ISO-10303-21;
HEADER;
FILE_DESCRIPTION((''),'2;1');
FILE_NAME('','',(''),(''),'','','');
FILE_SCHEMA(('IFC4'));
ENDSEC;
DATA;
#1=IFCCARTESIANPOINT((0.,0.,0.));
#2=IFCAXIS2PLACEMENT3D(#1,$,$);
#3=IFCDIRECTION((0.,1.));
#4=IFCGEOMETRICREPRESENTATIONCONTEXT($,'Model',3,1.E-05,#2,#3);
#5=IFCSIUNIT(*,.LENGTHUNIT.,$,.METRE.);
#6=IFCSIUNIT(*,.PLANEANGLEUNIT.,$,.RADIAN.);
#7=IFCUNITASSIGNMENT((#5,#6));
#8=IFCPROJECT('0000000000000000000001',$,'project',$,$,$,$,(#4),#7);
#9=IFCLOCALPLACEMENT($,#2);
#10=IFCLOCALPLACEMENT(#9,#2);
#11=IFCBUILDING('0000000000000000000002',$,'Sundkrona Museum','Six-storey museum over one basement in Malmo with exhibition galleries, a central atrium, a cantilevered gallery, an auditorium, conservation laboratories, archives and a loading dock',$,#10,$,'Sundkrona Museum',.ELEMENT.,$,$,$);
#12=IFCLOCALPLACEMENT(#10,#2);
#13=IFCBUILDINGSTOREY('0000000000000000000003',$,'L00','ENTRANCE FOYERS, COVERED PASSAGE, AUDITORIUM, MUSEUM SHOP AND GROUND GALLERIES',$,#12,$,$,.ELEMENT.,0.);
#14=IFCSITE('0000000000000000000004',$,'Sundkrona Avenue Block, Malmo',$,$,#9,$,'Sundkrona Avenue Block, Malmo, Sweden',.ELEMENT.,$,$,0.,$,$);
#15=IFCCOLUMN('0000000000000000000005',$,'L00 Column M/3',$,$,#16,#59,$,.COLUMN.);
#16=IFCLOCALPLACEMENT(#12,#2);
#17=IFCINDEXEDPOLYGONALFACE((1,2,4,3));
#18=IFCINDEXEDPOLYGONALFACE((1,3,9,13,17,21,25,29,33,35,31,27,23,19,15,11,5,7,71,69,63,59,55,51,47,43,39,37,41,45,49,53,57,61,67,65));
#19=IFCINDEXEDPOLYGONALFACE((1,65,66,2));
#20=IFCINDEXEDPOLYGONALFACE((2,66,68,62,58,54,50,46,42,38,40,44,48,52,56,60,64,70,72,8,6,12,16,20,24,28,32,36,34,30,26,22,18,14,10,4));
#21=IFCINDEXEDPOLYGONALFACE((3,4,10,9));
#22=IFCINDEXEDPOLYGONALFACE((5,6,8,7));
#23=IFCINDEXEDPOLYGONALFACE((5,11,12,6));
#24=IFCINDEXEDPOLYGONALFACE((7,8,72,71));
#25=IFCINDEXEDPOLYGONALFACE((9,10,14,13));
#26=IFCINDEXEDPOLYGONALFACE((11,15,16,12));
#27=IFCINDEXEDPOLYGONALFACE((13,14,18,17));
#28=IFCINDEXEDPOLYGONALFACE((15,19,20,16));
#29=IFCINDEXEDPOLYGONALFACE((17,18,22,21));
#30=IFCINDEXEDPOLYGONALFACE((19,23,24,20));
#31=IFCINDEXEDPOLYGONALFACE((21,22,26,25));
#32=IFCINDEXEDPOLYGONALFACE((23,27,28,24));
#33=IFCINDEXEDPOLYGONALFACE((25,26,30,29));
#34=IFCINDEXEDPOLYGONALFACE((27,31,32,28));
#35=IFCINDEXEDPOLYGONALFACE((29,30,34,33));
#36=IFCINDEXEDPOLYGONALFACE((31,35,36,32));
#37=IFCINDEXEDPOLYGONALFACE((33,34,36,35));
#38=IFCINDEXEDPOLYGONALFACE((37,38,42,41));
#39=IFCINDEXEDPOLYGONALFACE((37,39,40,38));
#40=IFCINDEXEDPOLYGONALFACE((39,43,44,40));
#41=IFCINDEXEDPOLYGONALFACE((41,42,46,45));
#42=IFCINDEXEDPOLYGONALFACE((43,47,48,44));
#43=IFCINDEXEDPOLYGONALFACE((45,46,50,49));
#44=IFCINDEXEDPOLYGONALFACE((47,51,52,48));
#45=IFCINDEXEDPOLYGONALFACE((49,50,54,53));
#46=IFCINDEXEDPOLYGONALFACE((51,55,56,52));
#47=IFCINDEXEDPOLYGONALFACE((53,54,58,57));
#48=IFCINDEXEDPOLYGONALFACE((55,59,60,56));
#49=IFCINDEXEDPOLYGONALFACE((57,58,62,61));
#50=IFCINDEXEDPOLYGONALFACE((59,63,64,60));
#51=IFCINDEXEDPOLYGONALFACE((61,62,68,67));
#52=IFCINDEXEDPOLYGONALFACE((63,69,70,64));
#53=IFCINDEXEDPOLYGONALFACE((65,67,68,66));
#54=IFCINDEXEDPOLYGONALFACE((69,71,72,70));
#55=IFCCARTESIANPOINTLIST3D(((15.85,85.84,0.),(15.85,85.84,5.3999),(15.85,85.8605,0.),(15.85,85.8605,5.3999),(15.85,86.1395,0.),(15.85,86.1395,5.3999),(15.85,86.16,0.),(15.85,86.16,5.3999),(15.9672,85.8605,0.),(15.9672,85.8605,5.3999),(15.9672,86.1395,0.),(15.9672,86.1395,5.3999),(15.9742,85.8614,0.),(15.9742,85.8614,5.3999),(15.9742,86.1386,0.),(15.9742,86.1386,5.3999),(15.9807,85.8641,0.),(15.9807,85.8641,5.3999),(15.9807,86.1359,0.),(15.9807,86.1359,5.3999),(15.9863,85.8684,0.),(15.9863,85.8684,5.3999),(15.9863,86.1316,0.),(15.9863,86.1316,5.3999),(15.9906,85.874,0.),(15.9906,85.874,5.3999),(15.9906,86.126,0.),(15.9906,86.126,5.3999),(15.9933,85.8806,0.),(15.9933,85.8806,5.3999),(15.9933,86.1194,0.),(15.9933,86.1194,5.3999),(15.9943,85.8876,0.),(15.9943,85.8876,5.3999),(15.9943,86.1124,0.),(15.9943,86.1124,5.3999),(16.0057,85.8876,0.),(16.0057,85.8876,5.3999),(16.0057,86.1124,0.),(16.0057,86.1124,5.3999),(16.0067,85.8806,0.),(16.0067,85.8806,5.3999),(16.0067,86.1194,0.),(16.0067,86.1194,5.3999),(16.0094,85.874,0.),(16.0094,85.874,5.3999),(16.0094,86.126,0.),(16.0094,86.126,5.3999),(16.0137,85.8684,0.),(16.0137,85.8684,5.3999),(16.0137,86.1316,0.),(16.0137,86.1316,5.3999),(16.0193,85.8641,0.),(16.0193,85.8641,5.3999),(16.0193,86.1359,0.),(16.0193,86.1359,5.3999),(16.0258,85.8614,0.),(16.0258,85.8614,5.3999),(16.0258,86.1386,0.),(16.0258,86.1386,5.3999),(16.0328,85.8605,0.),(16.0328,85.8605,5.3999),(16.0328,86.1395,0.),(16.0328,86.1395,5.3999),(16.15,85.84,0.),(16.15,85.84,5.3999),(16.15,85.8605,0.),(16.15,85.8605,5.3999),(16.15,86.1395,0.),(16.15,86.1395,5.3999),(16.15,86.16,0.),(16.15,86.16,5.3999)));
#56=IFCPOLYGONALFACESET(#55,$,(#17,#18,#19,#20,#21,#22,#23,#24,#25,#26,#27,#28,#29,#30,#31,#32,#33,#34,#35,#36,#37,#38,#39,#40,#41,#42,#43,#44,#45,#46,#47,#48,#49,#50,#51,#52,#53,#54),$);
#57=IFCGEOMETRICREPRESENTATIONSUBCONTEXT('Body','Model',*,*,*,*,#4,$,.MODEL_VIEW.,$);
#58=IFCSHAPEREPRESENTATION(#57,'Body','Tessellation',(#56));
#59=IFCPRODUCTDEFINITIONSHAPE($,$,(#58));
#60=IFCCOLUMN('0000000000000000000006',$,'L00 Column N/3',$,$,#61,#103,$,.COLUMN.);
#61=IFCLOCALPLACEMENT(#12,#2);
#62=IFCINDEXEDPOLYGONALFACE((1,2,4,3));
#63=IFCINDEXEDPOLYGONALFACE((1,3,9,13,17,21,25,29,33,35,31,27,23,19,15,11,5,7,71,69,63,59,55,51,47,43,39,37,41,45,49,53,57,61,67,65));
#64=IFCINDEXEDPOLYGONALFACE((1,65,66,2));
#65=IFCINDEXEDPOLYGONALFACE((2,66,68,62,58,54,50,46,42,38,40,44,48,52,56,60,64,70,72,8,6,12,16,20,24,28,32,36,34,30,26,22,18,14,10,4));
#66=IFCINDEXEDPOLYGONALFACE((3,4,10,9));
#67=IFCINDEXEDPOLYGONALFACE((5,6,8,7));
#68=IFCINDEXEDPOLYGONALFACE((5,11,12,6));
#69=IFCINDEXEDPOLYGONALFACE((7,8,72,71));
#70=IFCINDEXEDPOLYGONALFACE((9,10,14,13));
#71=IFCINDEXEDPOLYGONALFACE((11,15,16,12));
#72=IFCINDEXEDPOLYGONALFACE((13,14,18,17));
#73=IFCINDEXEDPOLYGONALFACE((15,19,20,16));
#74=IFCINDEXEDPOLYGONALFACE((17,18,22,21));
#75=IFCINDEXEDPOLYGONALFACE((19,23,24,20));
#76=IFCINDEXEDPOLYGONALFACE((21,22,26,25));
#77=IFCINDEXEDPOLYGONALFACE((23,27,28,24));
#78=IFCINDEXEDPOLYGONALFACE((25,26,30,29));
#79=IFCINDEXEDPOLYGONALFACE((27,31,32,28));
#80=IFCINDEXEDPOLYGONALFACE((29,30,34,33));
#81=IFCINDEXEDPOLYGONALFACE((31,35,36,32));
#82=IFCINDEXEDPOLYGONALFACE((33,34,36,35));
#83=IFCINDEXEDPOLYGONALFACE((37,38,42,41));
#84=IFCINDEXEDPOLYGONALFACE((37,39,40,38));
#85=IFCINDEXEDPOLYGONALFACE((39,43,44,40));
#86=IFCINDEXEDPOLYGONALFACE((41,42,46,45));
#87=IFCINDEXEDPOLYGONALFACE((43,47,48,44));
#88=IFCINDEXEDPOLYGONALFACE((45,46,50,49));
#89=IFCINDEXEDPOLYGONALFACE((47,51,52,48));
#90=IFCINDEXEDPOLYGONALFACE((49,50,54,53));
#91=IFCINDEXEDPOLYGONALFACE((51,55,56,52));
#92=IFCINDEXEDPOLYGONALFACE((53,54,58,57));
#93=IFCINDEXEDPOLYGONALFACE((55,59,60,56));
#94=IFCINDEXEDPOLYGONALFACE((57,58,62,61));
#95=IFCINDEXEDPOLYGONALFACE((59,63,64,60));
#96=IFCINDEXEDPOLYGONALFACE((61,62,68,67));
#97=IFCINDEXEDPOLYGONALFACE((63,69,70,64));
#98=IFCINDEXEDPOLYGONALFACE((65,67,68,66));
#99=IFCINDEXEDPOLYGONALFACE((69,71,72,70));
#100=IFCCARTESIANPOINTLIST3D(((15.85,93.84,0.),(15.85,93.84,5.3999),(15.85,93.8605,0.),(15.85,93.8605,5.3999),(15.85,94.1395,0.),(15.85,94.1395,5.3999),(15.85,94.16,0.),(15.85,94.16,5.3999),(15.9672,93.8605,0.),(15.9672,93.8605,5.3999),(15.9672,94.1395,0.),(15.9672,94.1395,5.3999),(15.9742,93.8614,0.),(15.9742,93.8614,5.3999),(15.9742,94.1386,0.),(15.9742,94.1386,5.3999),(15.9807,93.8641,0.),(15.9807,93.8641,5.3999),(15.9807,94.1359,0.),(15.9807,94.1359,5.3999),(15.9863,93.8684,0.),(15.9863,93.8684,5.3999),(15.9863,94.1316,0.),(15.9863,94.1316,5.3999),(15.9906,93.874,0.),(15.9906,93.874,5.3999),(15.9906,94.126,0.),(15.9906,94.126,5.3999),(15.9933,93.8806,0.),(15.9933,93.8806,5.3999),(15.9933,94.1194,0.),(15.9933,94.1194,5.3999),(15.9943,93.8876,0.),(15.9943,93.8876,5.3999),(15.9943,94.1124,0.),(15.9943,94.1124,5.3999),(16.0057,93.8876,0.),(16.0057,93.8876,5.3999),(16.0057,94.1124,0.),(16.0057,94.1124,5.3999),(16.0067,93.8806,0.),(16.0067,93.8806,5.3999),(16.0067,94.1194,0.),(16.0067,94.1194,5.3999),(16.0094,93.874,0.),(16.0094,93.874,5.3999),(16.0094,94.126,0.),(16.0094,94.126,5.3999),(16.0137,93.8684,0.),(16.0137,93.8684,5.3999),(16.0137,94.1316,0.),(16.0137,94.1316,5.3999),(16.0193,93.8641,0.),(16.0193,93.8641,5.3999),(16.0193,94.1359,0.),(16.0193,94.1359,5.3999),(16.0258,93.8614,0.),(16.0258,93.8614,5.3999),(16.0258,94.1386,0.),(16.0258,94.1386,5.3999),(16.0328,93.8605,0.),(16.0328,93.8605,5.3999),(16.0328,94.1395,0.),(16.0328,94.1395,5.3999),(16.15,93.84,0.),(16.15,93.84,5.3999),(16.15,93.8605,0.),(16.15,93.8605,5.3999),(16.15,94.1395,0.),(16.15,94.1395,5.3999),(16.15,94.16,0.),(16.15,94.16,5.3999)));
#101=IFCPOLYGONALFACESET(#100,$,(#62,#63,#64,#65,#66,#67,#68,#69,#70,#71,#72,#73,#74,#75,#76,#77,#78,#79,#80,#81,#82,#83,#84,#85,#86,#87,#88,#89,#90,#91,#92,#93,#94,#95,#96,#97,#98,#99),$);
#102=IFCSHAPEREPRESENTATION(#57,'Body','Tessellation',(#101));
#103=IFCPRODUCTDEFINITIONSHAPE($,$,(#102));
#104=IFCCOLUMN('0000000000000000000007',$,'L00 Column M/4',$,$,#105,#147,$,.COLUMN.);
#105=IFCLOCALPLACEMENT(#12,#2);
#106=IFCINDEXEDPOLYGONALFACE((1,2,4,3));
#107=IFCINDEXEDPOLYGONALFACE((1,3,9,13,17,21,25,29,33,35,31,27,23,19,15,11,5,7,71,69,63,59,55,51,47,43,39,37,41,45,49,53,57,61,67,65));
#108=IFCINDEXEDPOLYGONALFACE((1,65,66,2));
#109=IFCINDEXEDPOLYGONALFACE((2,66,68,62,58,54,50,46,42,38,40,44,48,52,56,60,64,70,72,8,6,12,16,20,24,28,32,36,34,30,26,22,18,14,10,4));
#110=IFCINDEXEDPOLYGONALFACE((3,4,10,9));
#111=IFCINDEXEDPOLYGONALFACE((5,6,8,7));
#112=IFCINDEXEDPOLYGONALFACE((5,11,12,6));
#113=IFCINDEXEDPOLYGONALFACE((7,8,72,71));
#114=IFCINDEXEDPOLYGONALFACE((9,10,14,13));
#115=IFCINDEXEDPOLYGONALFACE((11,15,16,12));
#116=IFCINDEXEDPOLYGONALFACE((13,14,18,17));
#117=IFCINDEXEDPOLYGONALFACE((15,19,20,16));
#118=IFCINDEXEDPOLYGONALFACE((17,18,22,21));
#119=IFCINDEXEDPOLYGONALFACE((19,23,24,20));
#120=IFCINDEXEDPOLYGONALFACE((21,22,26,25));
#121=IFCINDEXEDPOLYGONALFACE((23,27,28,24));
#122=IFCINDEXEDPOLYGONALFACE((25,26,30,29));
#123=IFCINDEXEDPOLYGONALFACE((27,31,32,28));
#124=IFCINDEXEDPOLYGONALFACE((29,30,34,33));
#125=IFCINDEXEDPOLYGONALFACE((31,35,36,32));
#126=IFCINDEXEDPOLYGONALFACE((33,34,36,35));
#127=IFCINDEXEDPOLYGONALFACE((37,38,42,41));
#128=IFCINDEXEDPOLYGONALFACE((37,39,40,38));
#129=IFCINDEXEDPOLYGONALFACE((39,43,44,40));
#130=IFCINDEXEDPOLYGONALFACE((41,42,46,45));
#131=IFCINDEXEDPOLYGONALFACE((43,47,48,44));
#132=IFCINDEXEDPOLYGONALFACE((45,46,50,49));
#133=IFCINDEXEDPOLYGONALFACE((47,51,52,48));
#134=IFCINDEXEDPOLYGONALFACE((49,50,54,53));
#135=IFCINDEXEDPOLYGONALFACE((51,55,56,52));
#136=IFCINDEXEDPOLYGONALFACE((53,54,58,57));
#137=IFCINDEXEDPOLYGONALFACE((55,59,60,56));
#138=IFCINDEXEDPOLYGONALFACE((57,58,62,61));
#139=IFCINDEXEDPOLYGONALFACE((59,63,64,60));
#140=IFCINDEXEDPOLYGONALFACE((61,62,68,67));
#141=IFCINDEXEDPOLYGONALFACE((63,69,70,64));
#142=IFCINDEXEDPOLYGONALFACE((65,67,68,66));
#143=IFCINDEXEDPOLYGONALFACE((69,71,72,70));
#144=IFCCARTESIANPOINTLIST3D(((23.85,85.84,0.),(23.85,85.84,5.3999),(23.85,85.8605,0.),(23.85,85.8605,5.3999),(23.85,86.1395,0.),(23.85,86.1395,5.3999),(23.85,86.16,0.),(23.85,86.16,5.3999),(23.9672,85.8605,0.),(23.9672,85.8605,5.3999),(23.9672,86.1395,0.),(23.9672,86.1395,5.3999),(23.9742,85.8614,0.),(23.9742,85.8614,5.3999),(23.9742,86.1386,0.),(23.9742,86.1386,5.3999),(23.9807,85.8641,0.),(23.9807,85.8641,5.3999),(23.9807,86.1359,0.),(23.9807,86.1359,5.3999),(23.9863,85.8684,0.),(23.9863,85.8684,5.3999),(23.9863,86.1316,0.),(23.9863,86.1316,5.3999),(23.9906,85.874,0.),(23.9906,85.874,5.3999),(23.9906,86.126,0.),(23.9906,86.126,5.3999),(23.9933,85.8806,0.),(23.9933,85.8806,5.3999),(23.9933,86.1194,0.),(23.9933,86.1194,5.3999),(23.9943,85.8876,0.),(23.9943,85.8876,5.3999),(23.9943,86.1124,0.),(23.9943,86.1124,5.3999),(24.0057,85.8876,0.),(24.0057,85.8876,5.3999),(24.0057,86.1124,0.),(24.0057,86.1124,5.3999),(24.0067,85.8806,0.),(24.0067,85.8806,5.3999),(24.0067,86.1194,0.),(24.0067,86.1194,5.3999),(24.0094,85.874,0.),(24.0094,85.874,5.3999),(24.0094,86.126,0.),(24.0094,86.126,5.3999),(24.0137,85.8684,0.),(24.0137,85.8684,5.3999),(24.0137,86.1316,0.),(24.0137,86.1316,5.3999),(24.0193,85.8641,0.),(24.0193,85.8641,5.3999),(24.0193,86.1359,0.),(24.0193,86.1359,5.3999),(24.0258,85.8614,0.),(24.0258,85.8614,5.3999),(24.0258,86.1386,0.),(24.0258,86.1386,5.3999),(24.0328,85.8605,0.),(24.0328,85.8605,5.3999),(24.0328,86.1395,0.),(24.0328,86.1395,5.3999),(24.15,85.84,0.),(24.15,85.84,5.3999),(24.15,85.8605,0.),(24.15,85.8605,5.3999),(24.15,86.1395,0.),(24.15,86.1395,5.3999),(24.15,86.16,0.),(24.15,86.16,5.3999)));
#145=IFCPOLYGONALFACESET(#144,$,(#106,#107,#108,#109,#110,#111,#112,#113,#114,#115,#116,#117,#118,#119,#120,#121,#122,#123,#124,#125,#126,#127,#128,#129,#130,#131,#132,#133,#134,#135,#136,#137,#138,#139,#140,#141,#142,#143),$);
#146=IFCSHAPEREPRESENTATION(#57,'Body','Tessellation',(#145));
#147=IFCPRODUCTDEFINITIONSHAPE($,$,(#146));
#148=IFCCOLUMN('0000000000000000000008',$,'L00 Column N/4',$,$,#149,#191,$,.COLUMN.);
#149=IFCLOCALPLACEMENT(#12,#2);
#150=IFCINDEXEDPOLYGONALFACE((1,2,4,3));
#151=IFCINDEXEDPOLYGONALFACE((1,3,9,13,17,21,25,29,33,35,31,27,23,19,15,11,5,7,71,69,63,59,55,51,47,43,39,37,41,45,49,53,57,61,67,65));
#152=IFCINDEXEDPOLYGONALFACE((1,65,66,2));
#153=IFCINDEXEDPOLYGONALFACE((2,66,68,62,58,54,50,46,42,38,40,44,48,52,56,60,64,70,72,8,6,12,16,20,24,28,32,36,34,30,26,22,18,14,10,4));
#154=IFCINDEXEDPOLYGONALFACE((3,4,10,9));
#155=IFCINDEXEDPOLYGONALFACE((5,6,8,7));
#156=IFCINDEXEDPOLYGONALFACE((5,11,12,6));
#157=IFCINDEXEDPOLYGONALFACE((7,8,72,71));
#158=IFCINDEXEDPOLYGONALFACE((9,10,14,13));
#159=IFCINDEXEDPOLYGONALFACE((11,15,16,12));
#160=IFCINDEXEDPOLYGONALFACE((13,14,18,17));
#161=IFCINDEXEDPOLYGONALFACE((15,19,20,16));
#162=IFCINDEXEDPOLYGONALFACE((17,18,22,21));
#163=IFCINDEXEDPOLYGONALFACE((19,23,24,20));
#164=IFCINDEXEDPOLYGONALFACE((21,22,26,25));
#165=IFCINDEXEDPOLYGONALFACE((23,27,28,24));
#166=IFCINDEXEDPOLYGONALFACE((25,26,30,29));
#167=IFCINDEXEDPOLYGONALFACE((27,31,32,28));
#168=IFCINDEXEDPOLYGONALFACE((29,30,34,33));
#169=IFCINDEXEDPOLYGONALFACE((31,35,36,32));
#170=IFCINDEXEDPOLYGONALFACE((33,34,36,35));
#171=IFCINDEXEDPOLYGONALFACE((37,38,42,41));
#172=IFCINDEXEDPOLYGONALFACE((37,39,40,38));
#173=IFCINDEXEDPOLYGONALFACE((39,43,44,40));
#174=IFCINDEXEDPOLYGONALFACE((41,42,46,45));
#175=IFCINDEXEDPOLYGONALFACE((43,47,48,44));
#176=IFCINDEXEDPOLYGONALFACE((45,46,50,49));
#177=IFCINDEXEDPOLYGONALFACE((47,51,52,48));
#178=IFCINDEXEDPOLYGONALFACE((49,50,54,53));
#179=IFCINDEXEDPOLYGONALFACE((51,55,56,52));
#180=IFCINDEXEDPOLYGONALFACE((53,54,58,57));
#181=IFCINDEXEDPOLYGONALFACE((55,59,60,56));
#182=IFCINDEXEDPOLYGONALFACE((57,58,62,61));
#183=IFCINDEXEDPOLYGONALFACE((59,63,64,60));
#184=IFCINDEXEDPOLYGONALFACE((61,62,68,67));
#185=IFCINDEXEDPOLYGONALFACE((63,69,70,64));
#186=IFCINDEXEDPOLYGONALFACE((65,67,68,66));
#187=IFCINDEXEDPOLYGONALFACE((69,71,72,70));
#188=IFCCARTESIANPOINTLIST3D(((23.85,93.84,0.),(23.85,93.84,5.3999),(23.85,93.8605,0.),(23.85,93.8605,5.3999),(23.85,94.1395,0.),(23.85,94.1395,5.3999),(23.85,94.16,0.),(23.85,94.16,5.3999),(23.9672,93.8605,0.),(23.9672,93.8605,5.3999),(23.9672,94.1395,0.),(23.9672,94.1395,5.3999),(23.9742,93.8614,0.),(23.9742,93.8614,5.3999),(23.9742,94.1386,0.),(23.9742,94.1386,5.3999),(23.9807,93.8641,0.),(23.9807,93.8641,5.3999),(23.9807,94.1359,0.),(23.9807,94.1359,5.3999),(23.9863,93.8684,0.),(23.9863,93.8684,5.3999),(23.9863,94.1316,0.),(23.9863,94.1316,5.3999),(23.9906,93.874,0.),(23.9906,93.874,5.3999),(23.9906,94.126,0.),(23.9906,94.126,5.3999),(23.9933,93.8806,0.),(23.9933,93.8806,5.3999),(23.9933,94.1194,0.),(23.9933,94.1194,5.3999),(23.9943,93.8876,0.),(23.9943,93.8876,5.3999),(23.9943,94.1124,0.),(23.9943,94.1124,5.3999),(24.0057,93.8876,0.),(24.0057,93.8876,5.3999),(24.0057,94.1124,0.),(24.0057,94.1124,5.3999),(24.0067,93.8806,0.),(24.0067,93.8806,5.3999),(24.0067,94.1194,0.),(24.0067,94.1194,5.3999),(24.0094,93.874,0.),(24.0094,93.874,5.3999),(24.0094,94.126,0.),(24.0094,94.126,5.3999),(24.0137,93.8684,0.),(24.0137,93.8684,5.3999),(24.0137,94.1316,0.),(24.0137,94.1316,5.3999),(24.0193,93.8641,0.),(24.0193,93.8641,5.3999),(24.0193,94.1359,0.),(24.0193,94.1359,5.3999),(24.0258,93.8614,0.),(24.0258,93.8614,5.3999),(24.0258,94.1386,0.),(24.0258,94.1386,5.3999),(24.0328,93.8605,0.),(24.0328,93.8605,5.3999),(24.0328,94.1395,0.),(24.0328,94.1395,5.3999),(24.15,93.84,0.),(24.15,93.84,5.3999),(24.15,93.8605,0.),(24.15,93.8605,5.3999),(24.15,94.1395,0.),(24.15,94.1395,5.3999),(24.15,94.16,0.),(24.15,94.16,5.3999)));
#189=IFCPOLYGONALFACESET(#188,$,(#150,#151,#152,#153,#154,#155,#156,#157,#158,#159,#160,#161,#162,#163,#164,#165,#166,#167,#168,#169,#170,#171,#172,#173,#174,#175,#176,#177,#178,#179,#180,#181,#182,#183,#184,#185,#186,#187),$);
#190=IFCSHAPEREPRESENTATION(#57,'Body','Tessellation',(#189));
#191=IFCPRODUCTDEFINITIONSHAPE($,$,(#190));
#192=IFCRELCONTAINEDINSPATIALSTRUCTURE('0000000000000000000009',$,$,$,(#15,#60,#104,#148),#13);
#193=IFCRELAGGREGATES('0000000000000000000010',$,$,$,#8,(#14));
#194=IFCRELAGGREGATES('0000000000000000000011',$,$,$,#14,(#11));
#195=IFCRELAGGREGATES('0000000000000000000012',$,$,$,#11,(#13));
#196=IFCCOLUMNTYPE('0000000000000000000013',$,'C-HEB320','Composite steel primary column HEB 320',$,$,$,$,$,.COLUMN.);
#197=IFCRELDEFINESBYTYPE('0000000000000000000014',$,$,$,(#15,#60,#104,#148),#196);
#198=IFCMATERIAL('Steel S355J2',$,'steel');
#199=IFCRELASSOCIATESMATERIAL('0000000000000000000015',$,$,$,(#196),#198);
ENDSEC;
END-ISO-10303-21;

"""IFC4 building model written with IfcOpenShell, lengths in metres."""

from ifc_helpers import new_model, si_unit, direction, frame, origin, origin_2d, place, context, subcontext, project, spatial, i_section, extrude, material, material_profile, profile_set, type_object, element, save


model = new_model("IFC4")

# Units and contexts
model_context = context("Model", 3, precision=1e-05, world=origin(), true_north=direction((0.0, 1.0)))
body_context = subcontext(model_context, "Body", "Model", "MODEL_VIEW")
ifc_project = project(units=[si_unit("LENGTHUNIT", "METRE"), si_unit("PLANEANGLEUNIT", "RADIAN")], contexts=[model_context])

# Site, building, storey
site_placement = place(None, origin())
site = spatial("IfcSite", under=ifc_project, at=site_placement, Name="Sundkrona Avenue Block, Malmo", LongName="Sundkrona Avenue Block, Malmo, Sweden", CompositionType="ELEMENT", RefElevation=0.0)
building_placement = place(site_placement, origin())
building = spatial("IfcBuilding", under=site, at=building_placement, Name="Sundkrona Museum", Description="Six-storey museum over one basement in Malmo with exhibition galleries, a central atrium, a cantilevered gallery, an auditorium, conservation laboratories, archives and a loading dock", LongName="Sundkrona Museum", CompositionType="ELEMENT")
storey_placement = place(building_placement, origin())
storey = spatial("IfcBuildingStorey", under=building, at=storey_placement, Name="L00", Description="ENTRANCE FOYERS, COVERED PASSAGE, AUDITORIUM, MUSEUM SHOP AND GROUND GALLERIES", CompositionType="ELEMENT", Elevation=0.0)

# Columns
ifc_material_1 = material(Name="Steel S355J2", Category="steel")
ifc_material_profile_1 = material_profile(ifc_material_1, i_section(OverallWidth=0.3, OverallDepth=0.3201, WebThickness=0.0115, FlangeThickness=0.0205, FilletRadius=0.0271, at=origin_2d()), Name="HEB 320")
ifc_profile_set_1 = profile_set([ifc_material_profile_1], Name="Steel S355J2")
column_type = type_object("IfcColumnType", Name="C-HEB320", Description="Composite steel primary column HEB 320", PredefinedType="COLUMN", material=ifc_profile_set_1)
for number, where, z_axis, x_axis, name in (
    (1, (16.0, 86.0, 0.0), (0.0, 0.0, 1.0), (1.0, 0.0, 0.0), "L00 Column M/3"),
    (2, (16.0, 94.0, 0.0), (0.0, 0.0, 1.0), (1.0, 0.0, 0.0), "L00 Column N/3"),
    (3, (24.0, 86.0, 0.0), (0.0, 0.0, 1.0), (1.0, 0.0, 0.0), "L00 Column M/4"),
    (4, (24.0, 94.0, 0.0), (0.0, 0.0, 1.0), (1.0, 0.0, 0.0), "L00 Column N/4"),
):
    element("IfcColumn", number, at=place(storey_placement, frame(where, z_axis=z_axis, x_axis=x_axis)), inside=storey, type_object=column_type, Name=name, PredefinedType="COLUMN", context=body_context, shape_type="SweptSolid", body=[
        extrude(i_section(OverallWidth=0.3, OverallDepth=0.3201, WebThickness=0.0115, FlangeThickness=0.0205, FilletRadius=0.0271, at=origin_2d()), origin(), (0.0, 0.0, 1.0), 5.3999),
    ])

save(model, "model.ifc")
